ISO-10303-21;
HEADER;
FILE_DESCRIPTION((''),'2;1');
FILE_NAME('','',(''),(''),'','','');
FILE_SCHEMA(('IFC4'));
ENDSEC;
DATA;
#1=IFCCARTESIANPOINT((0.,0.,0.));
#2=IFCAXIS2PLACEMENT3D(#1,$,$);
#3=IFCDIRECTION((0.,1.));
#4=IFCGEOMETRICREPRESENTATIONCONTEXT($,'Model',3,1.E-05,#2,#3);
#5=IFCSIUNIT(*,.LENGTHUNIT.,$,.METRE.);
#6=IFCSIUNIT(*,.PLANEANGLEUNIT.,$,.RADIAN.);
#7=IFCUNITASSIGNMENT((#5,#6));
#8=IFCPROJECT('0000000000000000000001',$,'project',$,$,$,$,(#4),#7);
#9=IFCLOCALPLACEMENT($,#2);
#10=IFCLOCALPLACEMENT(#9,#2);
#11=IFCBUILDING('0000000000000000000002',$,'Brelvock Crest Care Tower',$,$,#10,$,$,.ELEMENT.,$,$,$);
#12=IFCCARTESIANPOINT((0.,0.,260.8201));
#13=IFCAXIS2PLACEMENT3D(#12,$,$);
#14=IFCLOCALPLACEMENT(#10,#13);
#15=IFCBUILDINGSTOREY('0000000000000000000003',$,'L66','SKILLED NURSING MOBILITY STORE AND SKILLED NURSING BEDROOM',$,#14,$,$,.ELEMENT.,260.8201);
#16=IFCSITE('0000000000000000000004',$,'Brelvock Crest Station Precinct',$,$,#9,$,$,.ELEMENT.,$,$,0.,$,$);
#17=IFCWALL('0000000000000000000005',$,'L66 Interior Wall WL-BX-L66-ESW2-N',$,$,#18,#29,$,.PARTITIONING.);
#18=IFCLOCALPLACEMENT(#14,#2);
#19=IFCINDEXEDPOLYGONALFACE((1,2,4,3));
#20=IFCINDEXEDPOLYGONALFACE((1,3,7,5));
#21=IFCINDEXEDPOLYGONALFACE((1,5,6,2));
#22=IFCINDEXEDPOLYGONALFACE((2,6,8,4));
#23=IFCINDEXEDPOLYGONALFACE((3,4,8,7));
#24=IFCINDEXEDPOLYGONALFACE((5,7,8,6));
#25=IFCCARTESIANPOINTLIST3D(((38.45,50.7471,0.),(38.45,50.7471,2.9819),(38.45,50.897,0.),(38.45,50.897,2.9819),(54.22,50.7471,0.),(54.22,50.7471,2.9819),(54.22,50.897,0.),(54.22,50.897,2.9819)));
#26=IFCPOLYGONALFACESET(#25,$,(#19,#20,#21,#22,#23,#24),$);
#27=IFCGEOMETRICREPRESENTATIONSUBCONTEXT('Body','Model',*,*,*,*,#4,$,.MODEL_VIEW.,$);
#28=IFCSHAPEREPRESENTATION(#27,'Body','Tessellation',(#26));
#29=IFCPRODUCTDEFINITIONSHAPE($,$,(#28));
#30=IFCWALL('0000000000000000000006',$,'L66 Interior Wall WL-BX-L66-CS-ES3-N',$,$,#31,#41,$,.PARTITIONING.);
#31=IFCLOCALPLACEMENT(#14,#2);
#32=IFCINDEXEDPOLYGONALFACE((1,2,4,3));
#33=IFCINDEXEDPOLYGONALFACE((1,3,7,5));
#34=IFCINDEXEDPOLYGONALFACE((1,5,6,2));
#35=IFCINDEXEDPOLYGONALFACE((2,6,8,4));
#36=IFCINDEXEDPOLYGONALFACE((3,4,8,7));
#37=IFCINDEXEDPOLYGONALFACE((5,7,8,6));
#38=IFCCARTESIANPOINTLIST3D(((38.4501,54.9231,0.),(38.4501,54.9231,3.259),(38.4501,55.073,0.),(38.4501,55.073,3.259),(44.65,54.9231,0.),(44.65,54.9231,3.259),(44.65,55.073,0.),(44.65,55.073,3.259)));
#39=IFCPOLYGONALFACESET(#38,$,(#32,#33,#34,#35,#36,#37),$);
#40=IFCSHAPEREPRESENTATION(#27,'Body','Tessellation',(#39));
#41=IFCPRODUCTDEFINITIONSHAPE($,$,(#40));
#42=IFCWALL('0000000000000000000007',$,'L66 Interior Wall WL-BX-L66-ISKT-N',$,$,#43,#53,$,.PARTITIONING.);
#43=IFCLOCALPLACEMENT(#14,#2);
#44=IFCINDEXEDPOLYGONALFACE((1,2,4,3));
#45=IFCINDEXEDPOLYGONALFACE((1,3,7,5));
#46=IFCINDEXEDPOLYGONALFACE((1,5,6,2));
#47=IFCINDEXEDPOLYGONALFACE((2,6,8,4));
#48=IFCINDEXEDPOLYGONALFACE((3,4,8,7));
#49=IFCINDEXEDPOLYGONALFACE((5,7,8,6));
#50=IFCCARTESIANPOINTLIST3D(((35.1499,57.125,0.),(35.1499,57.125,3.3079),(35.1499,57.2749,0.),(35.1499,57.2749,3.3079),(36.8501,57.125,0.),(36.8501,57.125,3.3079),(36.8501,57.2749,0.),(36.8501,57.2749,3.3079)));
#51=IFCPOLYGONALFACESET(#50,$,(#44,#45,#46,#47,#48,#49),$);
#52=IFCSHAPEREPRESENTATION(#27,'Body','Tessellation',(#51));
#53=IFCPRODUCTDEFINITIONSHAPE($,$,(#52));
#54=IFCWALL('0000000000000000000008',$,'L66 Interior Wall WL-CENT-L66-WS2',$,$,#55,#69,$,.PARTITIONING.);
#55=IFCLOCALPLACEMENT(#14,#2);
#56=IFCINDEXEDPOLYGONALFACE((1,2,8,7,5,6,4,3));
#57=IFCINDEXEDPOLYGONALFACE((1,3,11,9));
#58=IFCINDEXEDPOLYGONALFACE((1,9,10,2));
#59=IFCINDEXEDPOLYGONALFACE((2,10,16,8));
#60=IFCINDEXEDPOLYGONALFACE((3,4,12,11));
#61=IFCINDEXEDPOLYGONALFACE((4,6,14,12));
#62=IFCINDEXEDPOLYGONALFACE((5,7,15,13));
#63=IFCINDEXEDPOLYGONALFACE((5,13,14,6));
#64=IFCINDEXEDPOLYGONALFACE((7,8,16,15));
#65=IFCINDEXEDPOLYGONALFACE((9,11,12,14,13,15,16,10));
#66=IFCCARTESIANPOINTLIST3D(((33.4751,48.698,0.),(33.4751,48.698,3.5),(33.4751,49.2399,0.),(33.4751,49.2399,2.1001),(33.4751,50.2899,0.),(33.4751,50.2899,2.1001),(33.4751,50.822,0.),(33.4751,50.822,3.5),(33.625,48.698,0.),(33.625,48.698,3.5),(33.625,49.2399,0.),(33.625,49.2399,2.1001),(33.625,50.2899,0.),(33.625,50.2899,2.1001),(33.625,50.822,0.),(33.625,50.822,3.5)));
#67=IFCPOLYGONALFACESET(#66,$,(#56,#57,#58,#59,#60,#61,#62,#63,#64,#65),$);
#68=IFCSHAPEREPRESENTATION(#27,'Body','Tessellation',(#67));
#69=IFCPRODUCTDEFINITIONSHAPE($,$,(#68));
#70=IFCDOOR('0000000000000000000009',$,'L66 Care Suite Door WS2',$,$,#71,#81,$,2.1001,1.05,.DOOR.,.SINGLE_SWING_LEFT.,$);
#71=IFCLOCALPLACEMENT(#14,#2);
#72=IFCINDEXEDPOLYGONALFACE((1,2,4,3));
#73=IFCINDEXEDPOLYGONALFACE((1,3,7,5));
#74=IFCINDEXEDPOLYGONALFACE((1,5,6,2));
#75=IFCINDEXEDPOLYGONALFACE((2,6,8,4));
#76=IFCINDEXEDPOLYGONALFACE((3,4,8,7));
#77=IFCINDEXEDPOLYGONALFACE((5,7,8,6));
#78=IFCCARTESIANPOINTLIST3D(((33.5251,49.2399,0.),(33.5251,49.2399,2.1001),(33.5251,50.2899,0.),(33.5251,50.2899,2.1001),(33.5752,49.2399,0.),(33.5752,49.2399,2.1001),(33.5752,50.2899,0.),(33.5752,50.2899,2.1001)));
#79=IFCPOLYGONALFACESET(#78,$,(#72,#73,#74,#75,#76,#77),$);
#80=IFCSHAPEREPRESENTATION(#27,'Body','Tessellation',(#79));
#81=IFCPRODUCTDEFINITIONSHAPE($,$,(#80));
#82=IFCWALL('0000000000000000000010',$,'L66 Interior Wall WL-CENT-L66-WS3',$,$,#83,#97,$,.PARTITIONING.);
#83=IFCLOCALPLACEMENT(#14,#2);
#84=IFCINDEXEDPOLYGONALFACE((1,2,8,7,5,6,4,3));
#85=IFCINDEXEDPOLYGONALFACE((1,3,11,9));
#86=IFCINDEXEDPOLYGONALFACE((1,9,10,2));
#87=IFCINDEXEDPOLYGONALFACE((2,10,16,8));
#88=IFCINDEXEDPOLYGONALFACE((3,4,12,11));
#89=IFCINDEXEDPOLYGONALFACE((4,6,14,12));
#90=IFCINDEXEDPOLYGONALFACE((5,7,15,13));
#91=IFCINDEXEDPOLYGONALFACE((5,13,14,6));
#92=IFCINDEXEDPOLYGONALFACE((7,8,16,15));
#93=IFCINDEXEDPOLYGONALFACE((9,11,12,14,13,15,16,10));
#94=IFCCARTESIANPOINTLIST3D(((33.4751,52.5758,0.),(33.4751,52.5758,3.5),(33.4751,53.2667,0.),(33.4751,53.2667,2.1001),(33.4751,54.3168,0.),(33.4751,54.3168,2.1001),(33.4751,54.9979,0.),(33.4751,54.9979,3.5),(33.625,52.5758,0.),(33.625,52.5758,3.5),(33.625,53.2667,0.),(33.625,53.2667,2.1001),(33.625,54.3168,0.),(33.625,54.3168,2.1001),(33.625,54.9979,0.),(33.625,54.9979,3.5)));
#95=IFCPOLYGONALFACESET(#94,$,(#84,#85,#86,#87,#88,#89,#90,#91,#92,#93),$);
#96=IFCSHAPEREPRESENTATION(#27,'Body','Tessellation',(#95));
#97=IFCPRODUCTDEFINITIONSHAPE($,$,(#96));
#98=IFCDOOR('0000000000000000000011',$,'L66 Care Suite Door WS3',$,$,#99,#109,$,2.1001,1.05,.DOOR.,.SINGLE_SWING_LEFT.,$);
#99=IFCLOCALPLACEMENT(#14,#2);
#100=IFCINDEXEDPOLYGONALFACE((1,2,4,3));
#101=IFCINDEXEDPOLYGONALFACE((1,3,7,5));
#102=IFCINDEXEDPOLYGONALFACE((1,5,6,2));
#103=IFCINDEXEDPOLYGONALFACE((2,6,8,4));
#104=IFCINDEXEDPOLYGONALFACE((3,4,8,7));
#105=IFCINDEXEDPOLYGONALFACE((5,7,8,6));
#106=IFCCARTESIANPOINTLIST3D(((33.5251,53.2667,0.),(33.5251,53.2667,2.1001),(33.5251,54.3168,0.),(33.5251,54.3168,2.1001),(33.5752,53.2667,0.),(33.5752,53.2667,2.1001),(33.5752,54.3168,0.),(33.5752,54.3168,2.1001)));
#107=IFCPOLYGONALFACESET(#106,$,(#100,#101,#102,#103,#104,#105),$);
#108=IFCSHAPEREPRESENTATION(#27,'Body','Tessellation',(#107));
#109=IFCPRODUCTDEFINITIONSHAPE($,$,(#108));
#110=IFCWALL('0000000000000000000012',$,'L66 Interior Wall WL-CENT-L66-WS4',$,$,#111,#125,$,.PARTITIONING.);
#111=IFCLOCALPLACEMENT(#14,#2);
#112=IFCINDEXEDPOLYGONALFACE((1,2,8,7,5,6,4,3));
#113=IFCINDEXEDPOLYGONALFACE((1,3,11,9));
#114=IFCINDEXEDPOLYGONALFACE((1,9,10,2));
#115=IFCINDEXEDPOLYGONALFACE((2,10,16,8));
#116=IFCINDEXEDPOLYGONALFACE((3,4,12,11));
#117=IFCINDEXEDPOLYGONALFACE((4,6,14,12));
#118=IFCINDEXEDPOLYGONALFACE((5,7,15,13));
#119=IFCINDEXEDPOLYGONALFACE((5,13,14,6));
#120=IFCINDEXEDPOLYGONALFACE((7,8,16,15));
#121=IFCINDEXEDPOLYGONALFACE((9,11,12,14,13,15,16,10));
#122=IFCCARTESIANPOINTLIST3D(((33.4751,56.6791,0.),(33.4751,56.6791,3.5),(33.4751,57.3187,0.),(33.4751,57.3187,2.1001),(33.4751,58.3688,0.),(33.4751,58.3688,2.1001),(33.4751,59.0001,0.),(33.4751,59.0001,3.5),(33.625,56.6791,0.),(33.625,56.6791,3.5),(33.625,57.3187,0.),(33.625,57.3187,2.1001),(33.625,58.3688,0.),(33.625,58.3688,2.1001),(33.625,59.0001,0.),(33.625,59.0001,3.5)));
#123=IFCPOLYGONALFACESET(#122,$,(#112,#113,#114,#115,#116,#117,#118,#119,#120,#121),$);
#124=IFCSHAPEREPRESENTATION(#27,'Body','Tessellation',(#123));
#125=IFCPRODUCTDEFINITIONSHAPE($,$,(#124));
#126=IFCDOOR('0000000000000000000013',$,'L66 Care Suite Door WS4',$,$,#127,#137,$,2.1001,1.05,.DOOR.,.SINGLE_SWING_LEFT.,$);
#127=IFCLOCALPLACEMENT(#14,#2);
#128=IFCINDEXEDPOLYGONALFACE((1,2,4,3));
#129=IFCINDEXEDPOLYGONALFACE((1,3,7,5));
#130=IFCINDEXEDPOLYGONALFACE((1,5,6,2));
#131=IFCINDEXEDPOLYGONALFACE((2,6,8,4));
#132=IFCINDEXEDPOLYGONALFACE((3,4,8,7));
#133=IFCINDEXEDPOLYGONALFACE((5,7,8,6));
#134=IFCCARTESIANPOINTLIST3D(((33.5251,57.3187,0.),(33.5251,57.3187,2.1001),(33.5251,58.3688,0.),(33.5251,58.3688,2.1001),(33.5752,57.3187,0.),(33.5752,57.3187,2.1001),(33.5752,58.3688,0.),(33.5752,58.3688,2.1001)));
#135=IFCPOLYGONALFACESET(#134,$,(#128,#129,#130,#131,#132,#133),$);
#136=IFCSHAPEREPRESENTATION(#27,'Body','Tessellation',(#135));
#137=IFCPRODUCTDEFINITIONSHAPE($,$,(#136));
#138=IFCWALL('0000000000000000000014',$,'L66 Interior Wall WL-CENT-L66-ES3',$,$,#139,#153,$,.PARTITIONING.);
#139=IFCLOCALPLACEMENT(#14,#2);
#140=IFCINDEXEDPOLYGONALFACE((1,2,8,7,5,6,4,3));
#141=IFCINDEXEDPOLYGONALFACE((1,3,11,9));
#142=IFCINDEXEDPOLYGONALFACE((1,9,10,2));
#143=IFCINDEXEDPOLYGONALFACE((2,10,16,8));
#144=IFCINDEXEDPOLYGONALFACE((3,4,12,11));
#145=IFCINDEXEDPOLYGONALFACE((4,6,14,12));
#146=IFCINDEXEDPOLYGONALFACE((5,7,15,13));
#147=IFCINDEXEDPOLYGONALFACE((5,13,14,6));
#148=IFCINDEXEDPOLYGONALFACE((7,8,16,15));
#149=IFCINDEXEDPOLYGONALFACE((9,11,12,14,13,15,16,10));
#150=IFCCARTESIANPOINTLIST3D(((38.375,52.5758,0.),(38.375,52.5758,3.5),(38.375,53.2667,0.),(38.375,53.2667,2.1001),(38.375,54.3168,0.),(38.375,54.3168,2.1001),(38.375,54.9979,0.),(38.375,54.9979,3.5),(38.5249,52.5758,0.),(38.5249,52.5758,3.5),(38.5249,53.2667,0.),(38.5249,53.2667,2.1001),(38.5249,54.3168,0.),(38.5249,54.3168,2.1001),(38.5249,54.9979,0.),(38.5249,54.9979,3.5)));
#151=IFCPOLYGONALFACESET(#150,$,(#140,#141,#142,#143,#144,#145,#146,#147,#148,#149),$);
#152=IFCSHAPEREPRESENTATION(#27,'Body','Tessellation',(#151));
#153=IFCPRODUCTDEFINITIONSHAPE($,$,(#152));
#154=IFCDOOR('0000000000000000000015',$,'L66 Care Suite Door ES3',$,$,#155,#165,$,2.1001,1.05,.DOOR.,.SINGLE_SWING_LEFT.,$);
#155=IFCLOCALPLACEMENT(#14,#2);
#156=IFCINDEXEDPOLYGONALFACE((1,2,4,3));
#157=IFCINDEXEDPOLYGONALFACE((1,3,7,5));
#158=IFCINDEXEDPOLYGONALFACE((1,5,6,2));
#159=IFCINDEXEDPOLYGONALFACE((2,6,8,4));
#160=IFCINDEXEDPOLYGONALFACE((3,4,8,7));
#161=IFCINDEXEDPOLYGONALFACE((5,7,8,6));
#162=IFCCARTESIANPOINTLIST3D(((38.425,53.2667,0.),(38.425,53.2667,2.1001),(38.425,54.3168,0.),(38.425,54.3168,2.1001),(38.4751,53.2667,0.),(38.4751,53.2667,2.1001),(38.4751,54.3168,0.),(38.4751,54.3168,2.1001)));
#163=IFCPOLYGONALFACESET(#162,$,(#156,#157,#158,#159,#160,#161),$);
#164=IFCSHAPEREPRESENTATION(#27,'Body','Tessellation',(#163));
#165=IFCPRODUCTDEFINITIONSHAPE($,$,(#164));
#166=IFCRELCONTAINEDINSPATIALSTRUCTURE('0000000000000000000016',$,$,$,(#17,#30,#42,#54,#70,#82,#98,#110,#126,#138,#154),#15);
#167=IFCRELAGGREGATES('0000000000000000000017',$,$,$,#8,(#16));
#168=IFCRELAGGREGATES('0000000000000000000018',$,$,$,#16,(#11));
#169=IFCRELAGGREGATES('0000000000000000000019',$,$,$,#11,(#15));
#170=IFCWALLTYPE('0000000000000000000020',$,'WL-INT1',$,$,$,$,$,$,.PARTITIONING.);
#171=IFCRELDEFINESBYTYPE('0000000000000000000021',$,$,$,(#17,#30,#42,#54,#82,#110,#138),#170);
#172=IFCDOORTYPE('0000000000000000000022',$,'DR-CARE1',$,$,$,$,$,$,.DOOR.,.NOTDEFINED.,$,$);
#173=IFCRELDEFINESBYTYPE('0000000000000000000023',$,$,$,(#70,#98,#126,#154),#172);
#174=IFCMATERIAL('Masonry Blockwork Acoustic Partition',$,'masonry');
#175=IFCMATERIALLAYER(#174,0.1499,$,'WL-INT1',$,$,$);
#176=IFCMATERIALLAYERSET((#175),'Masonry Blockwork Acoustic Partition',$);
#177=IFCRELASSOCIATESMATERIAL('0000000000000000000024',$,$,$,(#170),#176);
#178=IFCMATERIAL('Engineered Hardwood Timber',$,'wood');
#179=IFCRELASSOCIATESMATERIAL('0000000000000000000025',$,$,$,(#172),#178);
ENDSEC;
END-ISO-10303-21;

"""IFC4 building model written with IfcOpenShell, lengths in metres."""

from ifc_helpers import new_model, si_unit, direction, frame, frame_2d, origin, origin_2d, place, context, subcontext, project, spatial, rectangle, extrude, source, transform, mapped, material, layer, layer_set, type_object, element, fill, save


model = new_model("IFC4")

# Units and contexts
model_context = context("Model", 3, precision=1e-05, world=origin(), true_north=direction((0.0, 1.0)))
body_context = subcontext(model_context, "Body", "Model", "MODEL_VIEW")
ifc_project = project(units=[si_unit("LENGTHUNIT", "METRE"), si_unit("PLANEANGLEUNIT", "RADIAN")], contexts=[model_context])

# Site, building, storey
site_placement = place(None, origin())
site = spatial("IfcSite", under=ifc_project, at=site_placement, Name="Brelvock Crest Station Precinct", CompositionType="ELEMENT", RefElevation=0.0)
building_placement = place(site_placement, origin())
building = spatial("IfcBuilding", under=site, at=building_placement, Name="Brelvock Crest Care Tower", CompositionType="ELEMENT")
storey_placement = place(building_placement, frame((0.0, 0.0, 260.8201)))
storey = spatial("IfcBuildingStorey", under=building, at=storey_placement, Name="L66", Description="SKILLED NURSING MOBILITY STORE AND SKILLED NURSING BEDROOM", CompositionType="ELEMENT", Elevation=260.8201)

# Walls
ifc_material_1 = material(Name="Masonry Blockwork Acoustic Partition", Category="masonry")
ifc_layer_1 = layer(ifc_material_1, 0.1499, Name="WL-INT1")
ifc_layer_set_1 = layer_set([ifc_layer_1], Name="Masonry Blockwork Acoustic Partition")
wall_type_1 = type_object("IfcWallType", Name="WL-INT1", PredefinedType="PARTITIONING", material=ifc_layer_set_1)
wall_1_placement = place(storey_placement, frame((38.45, 50.822, 0.0), z_axis=(0.0, 0.0, 1.0), x_axis=(1.0, 0.0, 0.0)))
element("IfcWall", 1, at=wall_1_placement, inside=storey, type_object=wall_type_1, Name="L66 Interior Wall WL-BX-L66-ESW2-N", PredefinedType="PARTITIONING", context=body_context, shape_type="SweptSolid", body=[
    extrude(rectangle(XDim=15.77, YDim=0.1499, at=frame_2d((7.885, 0.0))), origin(), (0.0, 0.0, 1.0), 2.9819),
])
wall_2_placement = place(storey_placement, frame((38.45, 54.998, 0.0), z_axis=(0.0, 0.0, 1.0), x_axis=(1.0, 0.0, 0.0)))
element("IfcWall", 2, at=wall_2_placement, inside=storey, type_object=wall_type_1, Name="L66 Interior Wall WL-BX-L66-CS-ES3-N", PredefinedType="PARTITIONING", context=body_context, shape_type="SweptSolid", body=[
    extrude(rectangle(XDim=6.2, YDim=0.1499, at=frame_2d((3.1001, 0.0))), origin(), (0.0, 0.0, 1.0), 3.259),
])
wall_3_placement = place(storey_placement, frame((35.1499, 57.2, 0.0), z_axis=(0.0, 0.0, 1.0), x_axis=(1.0, 0.0, 0.0)))
element("IfcWall", 3, at=wall_3_placement, inside=storey, type_object=wall_type_1, Name="L66 Interior Wall WL-BX-L66-ISKT-N", PredefinedType="PARTITIONING", context=body_context, shape_type="SweptSolid", body=[
    extrude(rectangle(XDim=1.7002, YDim=0.1499, at=frame_2d((0.8501, 0.0))), origin(), (0.0, 0.0, 1.0), 3.3079),
])

# Walls, openings, doors
wall_4_placement = place(storey_placement, frame((33.55, 48.698, 0.0), z_axis=(0.0, 0.0, 1.0), x_axis=(0.0, 1.0, 0.0)))
wall_4 = element("IfcWall", 4, at=wall_4_placement, inside=storey, type_object=wall_type_1, Name="L66 Interior Wall WL-CENT-L66-WS2", PredefinedType="PARTITIONING", context=body_context, shape_type="SweptSolid", body=[
    extrude(rectangle(XDim=2.124, YDim=0.1499, at=frame_2d((1.062, 0.0))), origin(), (0.0, 0.0, 1.0), 3.5),
])
opening_1_placement = place(wall_4_placement, frame((0.542, 0.0, 0.0)))
opening_1 = element("IfcOpeningElement", 5, at=opening_1_placement, cuts=wall_4, PredefinedType="OPENING", context=body_context, shape_type="SweptSolid", body=[
    extrude(rectangle(XDim=1.05, YDim=2.1001, at=origin_2d()), frame((0.5249, 0.085, 1.05), z_axis=(0.0, -1.0, 0.0), x_axis=(1.0, 0.0, 0.0)), (0.0, 0.0, 1.0), 0.1699),
])
ifc_material_2 = material(Name="Engineered Hardwood Timber", Category="wood")
door_type = type_object("IfcDoorType", Name="DR-CARE1", OperationType="NOTDEFINED", PredefinedType="DOOR", material=ifc_material_2)
shared_shape_1 = source(origin(), body_context, "Body", "SweptSolid", [
    extrude(rectangle(XDim=1.05, YDim=2.1001, at=origin_2d()), frame((0.5249, 0.0249, 1.05), z_axis=(0.0, -1.0, 0.0), x_axis=(1.0, 0.0, 0.0)), (0.0, 0.0, 1.0), 0.05),
])
door_1_placement = place(opening_1_placement, origin())
door_1 = element("IfcDoor", 6, at=door_1_placement, inside=storey, type_object=door_type, Name="L66 Care Suite Door WS2", OperationType="SINGLE_SWING_LEFT", OverallHeight=2.1001, OverallWidth=1.05, PredefinedType="DOOR", context=body_context, shape_type="MappedRepresentation", body=[
    mapped(shared_shape_1, transform((0.0, 0.0, 0.0), x_axis=(1.0, 0.0, 0.0), y_axis=(0.0, 1.0, 0.0), z_axis=(0.0, 0.0, 1.0), scale=1.0)),
])
fill(opening_1, door_1)
wall_5_placement = place(storey_placement, frame((33.55, 52.5759, 0.0), z_axis=(0.0, 0.0, 1.0), x_axis=(0.0, 1.0, 0.0)))
wall_5 = element("IfcWall", 7, at=wall_5_placement, inside=storey, type_object=wall_type_1, Name="L66 Interior Wall WL-CENT-L66-WS3", PredefinedType="PARTITIONING", context=body_context, shape_type="SweptSolid", body=[
    extrude(rectangle(XDim=2.4221, YDim=0.1499, at=frame_2d((1.2109, 0.0))), origin(), (0.0, 0.0, 1.0), 3.5),
])
opening_2_placement = place(wall_5_placement, frame((0.6909, 0.0, 0.0)))
opening_2 = element("IfcOpeningElement", 8, at=opening_2_placement, cuts=wall_5, PredefinedType="OPENING", context=body_context, shape_type="SweptSolid", body=[
    extrude(rectangle(XDim=1.05, YDim=2.1001, at=origin_2d()), frame((0.5249, 0.085, 1.05), z_axis=(0.0, -1.0, 0.0), x_axis=(1.0, 0.0, 0.0)), (0.0, 0.0, 1.0), 0.1699),
])
door_2_placement = place(opening_2_placement, origin())
door_2 = element("IfcDoor", 9, at=door_2_placement, inside=storey, type_object=door_type, Name="L66 Care Suite Door WS3", OperationType="SINGLE_SWING_LEFT", OverallHeight=2.1001, OverallWidth=1.05, PredefinedType="DOOR", context=body_context, shape_type="MappedRepresentation", body=[
    mapped(shared_shape_1, transform((0.0, 0.0, 0.0), x_axis=(1.0, 0.0, 0.0), y_axis=(0.0, 1.0, 0.0), z_axis=(0.0, 0.0, 1.0), scale=1.0)),
])
fill(opening_2, door_2)
wall_6_placement = place(storey_placement, frame((33.55, 56.679, 0.0), z_axis=(0.0, 0.0, 1.0), x_axis=(0.0, 1.0, 0.0)))
wall_6 = element("IfcWall", 10, at=wall_6_placement, inside=storey, type_object=wall_type_1, Name="L66 Interior Wall WL-CENT-L66-WS4", PredefinedType="PARTITIONING", context=body_context, shape_type="SweptSolid", body=[
    extrude(rectangle(XDim=2.321, YDim=0.1499, at=frame_2d((1.1606, 0.0))), origin(), (0.0, 0.0, 1.0), 3.5),
])
opening_3_placement = place(wall_6_placement, frame((0.6399, 0.0, 0.0)))
opening_3 = element("IfcOpeningElement", 11, at=opening_3_placement, cuts=wall_6, PredefinedType="OPENING", context=body_context, shape_type="SweptSolid", body=[
    extrude(rectangle(XDim=1.05, YDim=2.1001, at=origin_2d()), frame((0.5249, 0.085, 1.05), z_axis=(0.0, -1.0, 0.0), x_axis=(1.0, 0.0, 0.0)), (0.0, 0.0, 1.0), 0.1699),
])
door_3_placement = place(opening_3_placement, origin())
door_3 = element("IfcDoor", 12, at=door_3_placement, inside=storey, type_object=door_type, Name="L66 Care Suite Door WS4", OperationType="SINGLE_SWING_LEFT", OverallHeight=2.1001, OverallWidth=1.05, PredefinedType="DOOR", context=body_context, shape_type="MappedRepresentation", body=[
    mapped(shared_shape_1, transform((0.0, 0.0, 0.0), x_axis=(1.0, 0.0, 0.0), y_axis=(0.0, 1.0, 0.0), z_axis=(0.0, 0.0, 1.0), scale=1.0)),
])
fill(opening_3, door_3)
wall_7_placement = place(storey_placement, frame((38.45, 52.5759, 0.0), z_axis=(0.0, 0.0, 1.0), x_axis=(0.0, 1.0, 0.0)))
wall_7 = element("IfcWall", 13, at=wall_7_placement, inside=storey, type_object=wall_type_1, Name="L66 Interior Wall WL-CENT-L66-ES3", PredefinedType="PARTITIONING", context=body_context, shape_type="SweptSolid", body=[
    extrude(rectangle(XDim=2.4221, YDim=0.1499, at=frame_2d((1.2109, 0.0))), origin(), (0.0, 0.0, 1.0), 3.5),
])
opening_4_placement = place(wall_7_placement, frame((0.6909, 0.0, 0.0)))
opening_4 = element("IfcOpeningElement", 14, at=opening_4_placement, cuts=wall_7, PredefinedType="OPENING", context=body_context, shape_type="SweptSolid", body=[
    extrude(rectangle(XDim=1.05, YDim=2.1001, at=origin_2d()), frame((0.5249, 0.085, 1.05), z_axis=(0.0, -1.0, 0.0), x_axis=(1.0, 0.0, 0.0)), (0.0, 0.0, 1.0), 0.1699),
])
door_4_placement = place(opening_4_placement, origin())
door_4 = element("IfcDoor", 15, at=door_4_placement, inside=storey, type_object=door_type, Name="L66 Care Suite Door ES3", OperationType="SINGLE_SWING_LEFT", OverallHeight=2.1001, OverallWidth=1.05, PredefinedType="DOOR", context=body_context, shape_type="MappedRepresentation", body=[
    mapped(shared_shape_1, transform((0.0, 0.0, 0.0), x_axis=(1.0, 0.0, 0.0), y_axis=(0.0, 1.0, 0.0), z_axis=(0.0, 0.0, 1.0), scale=1.0)),
])
fill(opening_4, door_4)

save(model, "model.ifc")
